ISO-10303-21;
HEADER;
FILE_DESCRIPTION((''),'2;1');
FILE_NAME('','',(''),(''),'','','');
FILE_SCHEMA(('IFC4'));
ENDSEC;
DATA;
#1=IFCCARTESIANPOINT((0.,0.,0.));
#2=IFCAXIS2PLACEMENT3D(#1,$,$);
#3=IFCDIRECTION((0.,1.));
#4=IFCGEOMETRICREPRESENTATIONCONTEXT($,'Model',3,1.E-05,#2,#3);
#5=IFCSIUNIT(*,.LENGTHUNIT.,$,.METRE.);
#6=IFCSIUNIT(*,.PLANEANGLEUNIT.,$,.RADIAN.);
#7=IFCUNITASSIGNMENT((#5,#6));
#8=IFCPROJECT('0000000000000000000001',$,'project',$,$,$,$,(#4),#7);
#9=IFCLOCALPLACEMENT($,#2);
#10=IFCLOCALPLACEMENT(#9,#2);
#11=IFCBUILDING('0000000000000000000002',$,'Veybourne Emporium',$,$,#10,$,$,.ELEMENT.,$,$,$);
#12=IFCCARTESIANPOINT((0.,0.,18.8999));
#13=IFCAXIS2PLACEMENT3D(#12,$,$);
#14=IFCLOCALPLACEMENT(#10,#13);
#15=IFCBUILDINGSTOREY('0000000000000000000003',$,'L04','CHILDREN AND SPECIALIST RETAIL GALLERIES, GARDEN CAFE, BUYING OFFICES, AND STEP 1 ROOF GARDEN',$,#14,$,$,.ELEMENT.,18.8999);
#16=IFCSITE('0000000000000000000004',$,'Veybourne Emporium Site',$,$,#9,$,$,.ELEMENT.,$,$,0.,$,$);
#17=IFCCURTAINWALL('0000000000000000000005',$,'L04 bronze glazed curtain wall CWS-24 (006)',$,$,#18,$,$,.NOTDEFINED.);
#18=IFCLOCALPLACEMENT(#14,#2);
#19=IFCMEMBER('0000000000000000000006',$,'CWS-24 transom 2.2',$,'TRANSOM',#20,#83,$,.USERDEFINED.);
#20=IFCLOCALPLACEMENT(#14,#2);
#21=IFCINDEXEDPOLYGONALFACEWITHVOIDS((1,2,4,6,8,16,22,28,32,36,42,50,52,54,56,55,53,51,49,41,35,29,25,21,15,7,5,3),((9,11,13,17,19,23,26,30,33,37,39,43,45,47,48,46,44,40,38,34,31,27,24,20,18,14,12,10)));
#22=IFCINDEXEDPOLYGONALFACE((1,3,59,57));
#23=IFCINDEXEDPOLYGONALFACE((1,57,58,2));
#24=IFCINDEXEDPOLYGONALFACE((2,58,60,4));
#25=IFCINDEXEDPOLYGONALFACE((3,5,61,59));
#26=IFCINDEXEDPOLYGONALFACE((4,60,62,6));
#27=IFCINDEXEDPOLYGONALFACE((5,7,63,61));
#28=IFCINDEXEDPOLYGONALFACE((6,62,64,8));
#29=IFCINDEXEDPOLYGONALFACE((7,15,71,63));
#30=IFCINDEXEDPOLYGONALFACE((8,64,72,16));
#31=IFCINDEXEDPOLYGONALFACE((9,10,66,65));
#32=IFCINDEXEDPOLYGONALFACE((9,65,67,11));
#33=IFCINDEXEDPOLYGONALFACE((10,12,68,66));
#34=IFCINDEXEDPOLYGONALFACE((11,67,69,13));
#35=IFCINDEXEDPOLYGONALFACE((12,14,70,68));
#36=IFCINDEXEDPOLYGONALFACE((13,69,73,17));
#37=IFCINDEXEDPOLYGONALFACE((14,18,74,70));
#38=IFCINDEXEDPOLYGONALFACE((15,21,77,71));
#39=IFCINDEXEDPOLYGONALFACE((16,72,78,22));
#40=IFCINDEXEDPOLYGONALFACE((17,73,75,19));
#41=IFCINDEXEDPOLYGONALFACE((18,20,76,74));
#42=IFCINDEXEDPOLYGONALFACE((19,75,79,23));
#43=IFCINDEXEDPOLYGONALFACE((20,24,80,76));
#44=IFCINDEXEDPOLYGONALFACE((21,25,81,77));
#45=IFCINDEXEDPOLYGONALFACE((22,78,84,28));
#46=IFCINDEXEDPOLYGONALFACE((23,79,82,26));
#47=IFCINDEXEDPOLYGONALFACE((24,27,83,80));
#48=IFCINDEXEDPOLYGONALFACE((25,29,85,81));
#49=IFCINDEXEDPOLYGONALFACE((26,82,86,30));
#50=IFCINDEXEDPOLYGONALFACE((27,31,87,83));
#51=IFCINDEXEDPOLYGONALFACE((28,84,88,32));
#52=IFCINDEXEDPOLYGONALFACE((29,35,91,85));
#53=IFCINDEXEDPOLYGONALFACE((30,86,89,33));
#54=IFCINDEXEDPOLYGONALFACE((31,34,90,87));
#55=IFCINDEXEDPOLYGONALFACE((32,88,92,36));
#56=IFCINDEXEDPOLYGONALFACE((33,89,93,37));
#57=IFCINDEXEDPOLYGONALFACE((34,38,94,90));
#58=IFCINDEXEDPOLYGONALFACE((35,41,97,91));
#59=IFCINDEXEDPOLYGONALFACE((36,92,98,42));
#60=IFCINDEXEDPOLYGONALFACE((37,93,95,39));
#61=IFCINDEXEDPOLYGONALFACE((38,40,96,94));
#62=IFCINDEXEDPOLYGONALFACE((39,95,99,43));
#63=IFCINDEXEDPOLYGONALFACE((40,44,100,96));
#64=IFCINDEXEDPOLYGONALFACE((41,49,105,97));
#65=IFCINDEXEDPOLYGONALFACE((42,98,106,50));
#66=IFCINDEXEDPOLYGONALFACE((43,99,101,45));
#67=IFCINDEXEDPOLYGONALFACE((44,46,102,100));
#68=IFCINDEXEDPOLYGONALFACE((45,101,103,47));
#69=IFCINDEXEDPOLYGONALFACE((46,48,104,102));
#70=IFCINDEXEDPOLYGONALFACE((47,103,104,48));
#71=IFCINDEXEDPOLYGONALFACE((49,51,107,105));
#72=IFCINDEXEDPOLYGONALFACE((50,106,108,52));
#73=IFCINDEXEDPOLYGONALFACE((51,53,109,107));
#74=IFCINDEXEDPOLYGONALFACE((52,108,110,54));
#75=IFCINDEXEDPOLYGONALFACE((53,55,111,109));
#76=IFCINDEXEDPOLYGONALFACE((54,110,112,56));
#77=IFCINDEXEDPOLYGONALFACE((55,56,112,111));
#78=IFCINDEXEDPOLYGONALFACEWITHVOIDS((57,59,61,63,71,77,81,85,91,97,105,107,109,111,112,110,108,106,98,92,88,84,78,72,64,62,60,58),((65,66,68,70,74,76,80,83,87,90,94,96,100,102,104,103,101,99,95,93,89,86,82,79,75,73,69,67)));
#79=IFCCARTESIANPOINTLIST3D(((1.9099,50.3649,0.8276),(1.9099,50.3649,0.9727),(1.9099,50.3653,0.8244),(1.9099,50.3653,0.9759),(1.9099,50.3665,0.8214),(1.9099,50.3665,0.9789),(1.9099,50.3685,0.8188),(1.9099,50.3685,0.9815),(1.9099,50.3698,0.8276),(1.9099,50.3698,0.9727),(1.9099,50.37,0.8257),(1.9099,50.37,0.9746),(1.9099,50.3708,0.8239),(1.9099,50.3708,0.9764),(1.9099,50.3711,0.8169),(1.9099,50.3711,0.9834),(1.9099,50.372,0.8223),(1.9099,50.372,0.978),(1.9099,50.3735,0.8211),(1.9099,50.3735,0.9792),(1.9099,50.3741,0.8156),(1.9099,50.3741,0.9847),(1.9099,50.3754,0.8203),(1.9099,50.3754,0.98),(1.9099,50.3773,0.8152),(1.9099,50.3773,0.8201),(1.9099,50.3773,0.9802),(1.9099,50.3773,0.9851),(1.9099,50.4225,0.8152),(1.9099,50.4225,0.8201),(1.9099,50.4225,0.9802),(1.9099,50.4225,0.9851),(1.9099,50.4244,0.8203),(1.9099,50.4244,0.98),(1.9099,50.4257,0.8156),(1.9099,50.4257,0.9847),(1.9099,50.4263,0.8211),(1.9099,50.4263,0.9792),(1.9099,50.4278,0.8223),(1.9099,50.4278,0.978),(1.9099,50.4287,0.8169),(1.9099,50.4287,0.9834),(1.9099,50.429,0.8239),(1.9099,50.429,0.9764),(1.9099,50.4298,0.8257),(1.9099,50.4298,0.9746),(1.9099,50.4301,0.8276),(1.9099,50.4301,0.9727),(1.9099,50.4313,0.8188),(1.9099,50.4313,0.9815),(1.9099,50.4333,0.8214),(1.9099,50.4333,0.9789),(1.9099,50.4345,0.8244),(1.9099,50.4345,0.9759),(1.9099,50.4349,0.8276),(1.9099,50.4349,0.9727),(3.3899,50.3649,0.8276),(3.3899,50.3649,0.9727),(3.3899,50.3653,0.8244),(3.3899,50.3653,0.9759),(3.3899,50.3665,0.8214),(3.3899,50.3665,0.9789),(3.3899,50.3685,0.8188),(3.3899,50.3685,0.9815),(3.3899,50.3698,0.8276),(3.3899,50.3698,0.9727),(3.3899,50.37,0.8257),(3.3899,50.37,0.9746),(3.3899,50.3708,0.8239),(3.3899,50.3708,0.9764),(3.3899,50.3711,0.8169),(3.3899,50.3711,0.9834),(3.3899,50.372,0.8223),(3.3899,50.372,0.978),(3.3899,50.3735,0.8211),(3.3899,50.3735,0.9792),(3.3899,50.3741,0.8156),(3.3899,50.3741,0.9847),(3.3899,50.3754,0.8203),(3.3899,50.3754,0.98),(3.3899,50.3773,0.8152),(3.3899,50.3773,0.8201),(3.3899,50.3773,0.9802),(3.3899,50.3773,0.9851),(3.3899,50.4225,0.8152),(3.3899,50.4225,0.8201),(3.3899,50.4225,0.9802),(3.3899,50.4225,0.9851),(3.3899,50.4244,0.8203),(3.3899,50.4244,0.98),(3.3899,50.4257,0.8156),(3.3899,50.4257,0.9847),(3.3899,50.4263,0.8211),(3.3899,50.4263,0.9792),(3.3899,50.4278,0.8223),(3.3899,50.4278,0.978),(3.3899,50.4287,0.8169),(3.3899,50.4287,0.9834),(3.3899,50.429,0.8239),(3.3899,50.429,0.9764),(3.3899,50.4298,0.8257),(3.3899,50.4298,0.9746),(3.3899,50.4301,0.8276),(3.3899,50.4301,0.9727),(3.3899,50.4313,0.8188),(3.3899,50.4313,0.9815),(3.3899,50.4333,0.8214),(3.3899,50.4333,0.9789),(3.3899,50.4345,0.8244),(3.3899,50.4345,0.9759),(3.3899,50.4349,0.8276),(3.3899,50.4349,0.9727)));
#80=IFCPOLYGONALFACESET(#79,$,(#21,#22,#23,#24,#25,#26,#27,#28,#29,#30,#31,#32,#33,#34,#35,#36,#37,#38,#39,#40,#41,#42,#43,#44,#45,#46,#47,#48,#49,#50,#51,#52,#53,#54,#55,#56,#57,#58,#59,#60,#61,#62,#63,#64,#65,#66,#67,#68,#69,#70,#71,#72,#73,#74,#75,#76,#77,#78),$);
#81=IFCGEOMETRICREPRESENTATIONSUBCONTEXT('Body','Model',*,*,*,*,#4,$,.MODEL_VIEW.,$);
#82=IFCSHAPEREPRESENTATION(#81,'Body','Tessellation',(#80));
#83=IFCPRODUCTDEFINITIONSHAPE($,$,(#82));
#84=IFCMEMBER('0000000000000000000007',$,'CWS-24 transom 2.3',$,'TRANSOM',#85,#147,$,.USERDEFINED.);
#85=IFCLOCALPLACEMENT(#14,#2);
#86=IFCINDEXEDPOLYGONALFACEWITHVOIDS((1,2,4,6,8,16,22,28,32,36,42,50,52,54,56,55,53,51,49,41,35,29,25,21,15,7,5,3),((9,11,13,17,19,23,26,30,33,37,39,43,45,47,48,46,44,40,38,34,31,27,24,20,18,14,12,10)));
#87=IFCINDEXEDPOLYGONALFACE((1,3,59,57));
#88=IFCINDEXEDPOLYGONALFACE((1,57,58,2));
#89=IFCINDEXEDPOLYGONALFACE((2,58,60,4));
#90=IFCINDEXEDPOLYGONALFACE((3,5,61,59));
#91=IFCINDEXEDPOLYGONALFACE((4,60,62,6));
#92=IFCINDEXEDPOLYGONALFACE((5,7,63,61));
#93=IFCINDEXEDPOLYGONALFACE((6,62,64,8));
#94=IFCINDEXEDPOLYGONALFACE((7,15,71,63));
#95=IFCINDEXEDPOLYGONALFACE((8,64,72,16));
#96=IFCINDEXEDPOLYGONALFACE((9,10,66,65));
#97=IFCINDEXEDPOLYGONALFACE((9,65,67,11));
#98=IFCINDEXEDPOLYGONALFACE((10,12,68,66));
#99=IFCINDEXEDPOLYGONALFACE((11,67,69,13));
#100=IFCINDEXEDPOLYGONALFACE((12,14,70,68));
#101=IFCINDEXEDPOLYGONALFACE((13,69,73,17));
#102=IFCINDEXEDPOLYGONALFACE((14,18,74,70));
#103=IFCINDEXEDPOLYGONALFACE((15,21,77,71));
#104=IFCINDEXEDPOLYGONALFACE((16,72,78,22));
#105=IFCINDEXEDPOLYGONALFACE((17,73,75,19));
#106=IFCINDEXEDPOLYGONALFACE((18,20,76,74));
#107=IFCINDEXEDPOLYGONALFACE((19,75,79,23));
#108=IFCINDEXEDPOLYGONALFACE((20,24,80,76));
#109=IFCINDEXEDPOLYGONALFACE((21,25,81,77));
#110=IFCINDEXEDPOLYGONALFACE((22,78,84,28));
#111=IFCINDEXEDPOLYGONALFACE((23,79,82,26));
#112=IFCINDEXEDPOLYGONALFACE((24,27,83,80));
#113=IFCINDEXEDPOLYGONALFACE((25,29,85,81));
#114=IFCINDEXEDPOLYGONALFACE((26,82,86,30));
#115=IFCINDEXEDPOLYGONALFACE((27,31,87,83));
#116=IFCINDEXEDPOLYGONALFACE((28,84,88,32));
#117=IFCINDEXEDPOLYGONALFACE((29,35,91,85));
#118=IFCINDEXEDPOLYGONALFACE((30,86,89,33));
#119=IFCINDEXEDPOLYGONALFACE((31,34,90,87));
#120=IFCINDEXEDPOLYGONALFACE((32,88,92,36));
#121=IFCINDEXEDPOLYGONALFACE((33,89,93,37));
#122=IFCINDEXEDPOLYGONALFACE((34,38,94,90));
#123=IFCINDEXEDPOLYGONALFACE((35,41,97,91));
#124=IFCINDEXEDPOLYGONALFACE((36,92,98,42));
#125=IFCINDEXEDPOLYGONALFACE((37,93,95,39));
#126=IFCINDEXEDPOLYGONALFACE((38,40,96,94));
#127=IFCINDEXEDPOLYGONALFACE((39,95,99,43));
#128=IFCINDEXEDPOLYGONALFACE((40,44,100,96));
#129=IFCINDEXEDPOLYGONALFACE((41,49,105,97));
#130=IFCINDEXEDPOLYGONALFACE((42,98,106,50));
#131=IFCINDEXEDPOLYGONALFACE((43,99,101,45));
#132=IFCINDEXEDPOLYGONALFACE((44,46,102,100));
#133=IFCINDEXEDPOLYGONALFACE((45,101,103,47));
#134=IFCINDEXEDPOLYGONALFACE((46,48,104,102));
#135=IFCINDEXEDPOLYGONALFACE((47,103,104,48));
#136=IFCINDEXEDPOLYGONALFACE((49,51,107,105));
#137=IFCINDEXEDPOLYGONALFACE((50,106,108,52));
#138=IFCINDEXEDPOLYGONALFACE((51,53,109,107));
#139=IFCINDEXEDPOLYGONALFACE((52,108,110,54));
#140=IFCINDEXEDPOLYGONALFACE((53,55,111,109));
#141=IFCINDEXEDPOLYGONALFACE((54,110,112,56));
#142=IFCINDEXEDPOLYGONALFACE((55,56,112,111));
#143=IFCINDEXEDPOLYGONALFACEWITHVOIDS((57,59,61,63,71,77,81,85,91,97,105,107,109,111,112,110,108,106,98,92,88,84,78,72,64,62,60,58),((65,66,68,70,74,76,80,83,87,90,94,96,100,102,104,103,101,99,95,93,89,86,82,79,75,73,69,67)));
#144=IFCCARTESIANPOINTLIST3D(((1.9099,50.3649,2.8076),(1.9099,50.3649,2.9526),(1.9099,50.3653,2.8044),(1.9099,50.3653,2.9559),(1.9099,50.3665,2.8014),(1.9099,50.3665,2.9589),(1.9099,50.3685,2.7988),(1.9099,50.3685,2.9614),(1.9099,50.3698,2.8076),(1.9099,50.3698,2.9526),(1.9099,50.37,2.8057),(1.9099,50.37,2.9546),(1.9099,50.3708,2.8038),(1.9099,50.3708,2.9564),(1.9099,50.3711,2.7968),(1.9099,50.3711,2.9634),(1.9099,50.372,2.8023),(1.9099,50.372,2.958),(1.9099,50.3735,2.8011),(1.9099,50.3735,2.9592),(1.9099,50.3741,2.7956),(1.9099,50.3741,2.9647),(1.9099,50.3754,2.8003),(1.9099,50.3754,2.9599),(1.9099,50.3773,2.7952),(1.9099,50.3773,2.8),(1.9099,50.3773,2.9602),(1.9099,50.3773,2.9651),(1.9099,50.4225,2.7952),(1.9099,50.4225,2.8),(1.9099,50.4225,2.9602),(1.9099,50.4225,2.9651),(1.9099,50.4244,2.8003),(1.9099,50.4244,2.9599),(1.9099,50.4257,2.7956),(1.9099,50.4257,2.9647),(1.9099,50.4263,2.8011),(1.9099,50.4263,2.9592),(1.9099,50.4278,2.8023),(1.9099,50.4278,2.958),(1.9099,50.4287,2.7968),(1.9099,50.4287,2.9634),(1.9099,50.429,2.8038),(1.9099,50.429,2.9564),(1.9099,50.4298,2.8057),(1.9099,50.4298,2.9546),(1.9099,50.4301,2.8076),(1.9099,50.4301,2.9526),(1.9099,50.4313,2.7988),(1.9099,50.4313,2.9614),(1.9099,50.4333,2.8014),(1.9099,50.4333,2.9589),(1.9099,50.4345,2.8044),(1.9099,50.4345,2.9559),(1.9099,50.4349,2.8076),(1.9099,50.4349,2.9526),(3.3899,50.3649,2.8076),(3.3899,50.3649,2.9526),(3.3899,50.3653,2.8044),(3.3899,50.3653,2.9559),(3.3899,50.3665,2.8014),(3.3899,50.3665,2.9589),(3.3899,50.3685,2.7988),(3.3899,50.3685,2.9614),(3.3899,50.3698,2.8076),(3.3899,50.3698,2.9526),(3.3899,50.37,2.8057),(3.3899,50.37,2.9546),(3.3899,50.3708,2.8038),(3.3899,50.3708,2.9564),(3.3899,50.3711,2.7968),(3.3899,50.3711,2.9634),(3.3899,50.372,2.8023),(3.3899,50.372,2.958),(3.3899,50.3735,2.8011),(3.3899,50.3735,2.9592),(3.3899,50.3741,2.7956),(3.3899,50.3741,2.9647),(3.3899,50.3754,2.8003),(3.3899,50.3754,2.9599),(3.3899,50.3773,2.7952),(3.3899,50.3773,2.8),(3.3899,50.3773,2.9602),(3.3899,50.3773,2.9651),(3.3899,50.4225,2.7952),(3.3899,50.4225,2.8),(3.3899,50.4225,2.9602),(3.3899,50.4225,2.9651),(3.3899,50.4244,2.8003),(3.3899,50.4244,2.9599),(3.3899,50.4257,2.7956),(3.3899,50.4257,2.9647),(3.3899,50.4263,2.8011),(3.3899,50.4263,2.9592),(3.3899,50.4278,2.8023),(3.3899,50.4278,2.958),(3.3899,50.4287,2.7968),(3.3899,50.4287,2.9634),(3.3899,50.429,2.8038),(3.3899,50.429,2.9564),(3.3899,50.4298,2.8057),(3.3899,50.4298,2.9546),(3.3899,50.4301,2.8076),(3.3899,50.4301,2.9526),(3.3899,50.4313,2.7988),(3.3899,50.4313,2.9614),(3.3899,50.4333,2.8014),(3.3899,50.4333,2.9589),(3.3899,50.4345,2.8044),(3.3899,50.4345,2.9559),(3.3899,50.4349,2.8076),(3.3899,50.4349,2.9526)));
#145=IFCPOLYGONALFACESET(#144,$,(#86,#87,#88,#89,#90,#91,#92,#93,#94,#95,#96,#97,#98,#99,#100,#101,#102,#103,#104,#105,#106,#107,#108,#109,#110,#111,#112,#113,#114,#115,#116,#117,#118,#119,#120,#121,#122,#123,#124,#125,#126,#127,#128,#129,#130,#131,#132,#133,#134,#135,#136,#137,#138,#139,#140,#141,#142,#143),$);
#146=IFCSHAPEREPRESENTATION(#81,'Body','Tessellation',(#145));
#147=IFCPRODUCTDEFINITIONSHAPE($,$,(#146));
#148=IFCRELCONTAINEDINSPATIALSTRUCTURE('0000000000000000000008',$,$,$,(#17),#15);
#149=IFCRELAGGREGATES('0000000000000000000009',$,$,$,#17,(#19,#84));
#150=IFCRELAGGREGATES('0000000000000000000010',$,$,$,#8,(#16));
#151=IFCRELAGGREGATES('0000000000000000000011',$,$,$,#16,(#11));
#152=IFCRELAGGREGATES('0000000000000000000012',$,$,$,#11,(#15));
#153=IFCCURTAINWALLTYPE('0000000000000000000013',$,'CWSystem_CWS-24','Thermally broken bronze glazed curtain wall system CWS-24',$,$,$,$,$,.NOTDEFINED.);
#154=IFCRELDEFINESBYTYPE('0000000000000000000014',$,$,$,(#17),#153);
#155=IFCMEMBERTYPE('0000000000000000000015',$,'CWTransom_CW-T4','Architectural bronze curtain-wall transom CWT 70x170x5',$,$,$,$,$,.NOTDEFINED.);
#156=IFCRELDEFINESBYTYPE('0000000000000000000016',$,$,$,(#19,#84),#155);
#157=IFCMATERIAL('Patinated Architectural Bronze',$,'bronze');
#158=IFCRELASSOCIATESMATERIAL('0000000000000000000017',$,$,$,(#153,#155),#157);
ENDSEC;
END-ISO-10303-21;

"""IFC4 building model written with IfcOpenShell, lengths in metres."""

from ifc_helpers import new_model, si_unit, direction, frame, origin, origin_2d, place, context, subcontext, project, spatial, hollow_rectangle, extrude, material, material_profile, profile_set, type_object, element, aggregate, save


model = new_model("IFC4")

# Units and contexts
model_context = context("Model", 3, precision=1e-05, world=origin(), true_north=direction((0.0, 1.0)))
body_context = subcontext(model_context, "Body", "Model", "MODEL_VIEW")
ifc_project = project(units=[si_unit("LENGTHUNIT", "METRE"), si_unit("PLANEANGLEUNIT", "RADIAN")], contexts=[model_context])

# Site, building, storey
site_placement = place(None, origin())
site = spatial("IfcSite", under=ifc_project, at=site_placement, Name="Veybourne Emporium Site", CompositionType="ELEMENT", RefElevation=0.0)
building_placement = place(site_placement, origin())
building = spatial("IfcBuilding", under=site, at=building_placement, Name="Veybourne Emporium", CompositionType="ELEMENT")
storey_placement = place(building_placement, frame((0.0, 0.0, 18.8999)))
storey = spatial("IfcBuildingStorey", under=building, at=storey_placement, Name="L04", Description="CHILDREN AND SPECIALIST RETAIL GALLERIES, GARDEN CAFE, BUYING OFFICES, AND STEP 1 ROOF GARDEN", CompositionType="ELEMENT", Elevation=18.8999)

# Curtain wall, members
ifc_material_1 = material(Name="Patinated Architectural Bronze", Category="bronze")
curtain_wall_type = type_object("IfcCurtainWallType", Name="CWSystem_CWS-24", Description="Thermally broken bronze glazed curtain wall system CWS-24", PredefinedType="NOTDEFINED", material=ifc_material_1)
curtain_wall_placement = place(storey_placement, origin())
curtain_wall = element("IfcCurtainWall", 1, at=curtain_wall_placement, inside=storey, type_object=curtain_wall_type, Name="L04 bronze glazed curtain wall CWS-24 (006)", PredefinedType="NOTDEFINED")
ifc_material_profile_1 = material_profile(ifc_material_1, hollow_rectangle(XDim=0.0701, YDim=0.1699, WallThickness=0.0049, InnerFilletRadius=0.0076, OuterFilletRadius=0.0125, at=origin_2d()), Name="CWT 70x170x5")
ifc_profile_set_1 = profile_set([ifc_material_profile_1], Name="Patinated Architectural Bronze")
member_type_1 = type_object("IfcMemberType", Name="CWTransom_CW-T4", Description="Architectural bronze curtain-wall transom CWT 70x170x5", PredefinedType="NOTDEFINED", material=ifc_profile_set_1)
member_1_placement = place(storey_placement, frame((1.9099, 50.3999, 0.9001), z_axis=(1.0, 0.0, 0.0), x_axis=(0.0, 1.0, 0.0)))
member_1 = element("IfcMember", 2, at=member_1_placement, type_object=member_type_1, Name="CWS-24 transom 2.2", ObjectType="TRANSOM", PredefinedType="USERDEFINED", context=body_context, shape_type="SweptSolid", body=[
    extrude(hollow_rectangle(XDim=0.0701, YDim=0.1699, WallThickness=0.0049, InnerFilletRadius=0.0076, OuterFilletRadius=0.0125, at=origin_2d()), origin(), (0.0, 0.0, 1.0), 1.48),
])
member_2_placement = place(storey_placement, frame((1.9099, 50.3999, 2.8801), z_axis=(1.0, 0.0, 0.0), x_axis=(0.0, 1.0, 0.0)))
member_2 = element("IfcMember", 3, at=member_2_placement, type_object=member_type_1, Name="CWS-24 transom 2.3", ObjectType="TRANSOM", PredefinedType="USERDEFINED", context=body_context, shape_type="SweptSolid", body=[
    extrude(hollow_rectangle(XDim=0.0701, YDim=0.1699, WallThickness=0.0049, InnerFilletRadius=0.0076, OuterFilletRadius=0.0125, at=origin_2d()), origin(), (0.0, 0.0, 1.0), 1.48),
])

aggregate(curtain_wall, [member_1, member_2])

save(model, "model.ifc")
